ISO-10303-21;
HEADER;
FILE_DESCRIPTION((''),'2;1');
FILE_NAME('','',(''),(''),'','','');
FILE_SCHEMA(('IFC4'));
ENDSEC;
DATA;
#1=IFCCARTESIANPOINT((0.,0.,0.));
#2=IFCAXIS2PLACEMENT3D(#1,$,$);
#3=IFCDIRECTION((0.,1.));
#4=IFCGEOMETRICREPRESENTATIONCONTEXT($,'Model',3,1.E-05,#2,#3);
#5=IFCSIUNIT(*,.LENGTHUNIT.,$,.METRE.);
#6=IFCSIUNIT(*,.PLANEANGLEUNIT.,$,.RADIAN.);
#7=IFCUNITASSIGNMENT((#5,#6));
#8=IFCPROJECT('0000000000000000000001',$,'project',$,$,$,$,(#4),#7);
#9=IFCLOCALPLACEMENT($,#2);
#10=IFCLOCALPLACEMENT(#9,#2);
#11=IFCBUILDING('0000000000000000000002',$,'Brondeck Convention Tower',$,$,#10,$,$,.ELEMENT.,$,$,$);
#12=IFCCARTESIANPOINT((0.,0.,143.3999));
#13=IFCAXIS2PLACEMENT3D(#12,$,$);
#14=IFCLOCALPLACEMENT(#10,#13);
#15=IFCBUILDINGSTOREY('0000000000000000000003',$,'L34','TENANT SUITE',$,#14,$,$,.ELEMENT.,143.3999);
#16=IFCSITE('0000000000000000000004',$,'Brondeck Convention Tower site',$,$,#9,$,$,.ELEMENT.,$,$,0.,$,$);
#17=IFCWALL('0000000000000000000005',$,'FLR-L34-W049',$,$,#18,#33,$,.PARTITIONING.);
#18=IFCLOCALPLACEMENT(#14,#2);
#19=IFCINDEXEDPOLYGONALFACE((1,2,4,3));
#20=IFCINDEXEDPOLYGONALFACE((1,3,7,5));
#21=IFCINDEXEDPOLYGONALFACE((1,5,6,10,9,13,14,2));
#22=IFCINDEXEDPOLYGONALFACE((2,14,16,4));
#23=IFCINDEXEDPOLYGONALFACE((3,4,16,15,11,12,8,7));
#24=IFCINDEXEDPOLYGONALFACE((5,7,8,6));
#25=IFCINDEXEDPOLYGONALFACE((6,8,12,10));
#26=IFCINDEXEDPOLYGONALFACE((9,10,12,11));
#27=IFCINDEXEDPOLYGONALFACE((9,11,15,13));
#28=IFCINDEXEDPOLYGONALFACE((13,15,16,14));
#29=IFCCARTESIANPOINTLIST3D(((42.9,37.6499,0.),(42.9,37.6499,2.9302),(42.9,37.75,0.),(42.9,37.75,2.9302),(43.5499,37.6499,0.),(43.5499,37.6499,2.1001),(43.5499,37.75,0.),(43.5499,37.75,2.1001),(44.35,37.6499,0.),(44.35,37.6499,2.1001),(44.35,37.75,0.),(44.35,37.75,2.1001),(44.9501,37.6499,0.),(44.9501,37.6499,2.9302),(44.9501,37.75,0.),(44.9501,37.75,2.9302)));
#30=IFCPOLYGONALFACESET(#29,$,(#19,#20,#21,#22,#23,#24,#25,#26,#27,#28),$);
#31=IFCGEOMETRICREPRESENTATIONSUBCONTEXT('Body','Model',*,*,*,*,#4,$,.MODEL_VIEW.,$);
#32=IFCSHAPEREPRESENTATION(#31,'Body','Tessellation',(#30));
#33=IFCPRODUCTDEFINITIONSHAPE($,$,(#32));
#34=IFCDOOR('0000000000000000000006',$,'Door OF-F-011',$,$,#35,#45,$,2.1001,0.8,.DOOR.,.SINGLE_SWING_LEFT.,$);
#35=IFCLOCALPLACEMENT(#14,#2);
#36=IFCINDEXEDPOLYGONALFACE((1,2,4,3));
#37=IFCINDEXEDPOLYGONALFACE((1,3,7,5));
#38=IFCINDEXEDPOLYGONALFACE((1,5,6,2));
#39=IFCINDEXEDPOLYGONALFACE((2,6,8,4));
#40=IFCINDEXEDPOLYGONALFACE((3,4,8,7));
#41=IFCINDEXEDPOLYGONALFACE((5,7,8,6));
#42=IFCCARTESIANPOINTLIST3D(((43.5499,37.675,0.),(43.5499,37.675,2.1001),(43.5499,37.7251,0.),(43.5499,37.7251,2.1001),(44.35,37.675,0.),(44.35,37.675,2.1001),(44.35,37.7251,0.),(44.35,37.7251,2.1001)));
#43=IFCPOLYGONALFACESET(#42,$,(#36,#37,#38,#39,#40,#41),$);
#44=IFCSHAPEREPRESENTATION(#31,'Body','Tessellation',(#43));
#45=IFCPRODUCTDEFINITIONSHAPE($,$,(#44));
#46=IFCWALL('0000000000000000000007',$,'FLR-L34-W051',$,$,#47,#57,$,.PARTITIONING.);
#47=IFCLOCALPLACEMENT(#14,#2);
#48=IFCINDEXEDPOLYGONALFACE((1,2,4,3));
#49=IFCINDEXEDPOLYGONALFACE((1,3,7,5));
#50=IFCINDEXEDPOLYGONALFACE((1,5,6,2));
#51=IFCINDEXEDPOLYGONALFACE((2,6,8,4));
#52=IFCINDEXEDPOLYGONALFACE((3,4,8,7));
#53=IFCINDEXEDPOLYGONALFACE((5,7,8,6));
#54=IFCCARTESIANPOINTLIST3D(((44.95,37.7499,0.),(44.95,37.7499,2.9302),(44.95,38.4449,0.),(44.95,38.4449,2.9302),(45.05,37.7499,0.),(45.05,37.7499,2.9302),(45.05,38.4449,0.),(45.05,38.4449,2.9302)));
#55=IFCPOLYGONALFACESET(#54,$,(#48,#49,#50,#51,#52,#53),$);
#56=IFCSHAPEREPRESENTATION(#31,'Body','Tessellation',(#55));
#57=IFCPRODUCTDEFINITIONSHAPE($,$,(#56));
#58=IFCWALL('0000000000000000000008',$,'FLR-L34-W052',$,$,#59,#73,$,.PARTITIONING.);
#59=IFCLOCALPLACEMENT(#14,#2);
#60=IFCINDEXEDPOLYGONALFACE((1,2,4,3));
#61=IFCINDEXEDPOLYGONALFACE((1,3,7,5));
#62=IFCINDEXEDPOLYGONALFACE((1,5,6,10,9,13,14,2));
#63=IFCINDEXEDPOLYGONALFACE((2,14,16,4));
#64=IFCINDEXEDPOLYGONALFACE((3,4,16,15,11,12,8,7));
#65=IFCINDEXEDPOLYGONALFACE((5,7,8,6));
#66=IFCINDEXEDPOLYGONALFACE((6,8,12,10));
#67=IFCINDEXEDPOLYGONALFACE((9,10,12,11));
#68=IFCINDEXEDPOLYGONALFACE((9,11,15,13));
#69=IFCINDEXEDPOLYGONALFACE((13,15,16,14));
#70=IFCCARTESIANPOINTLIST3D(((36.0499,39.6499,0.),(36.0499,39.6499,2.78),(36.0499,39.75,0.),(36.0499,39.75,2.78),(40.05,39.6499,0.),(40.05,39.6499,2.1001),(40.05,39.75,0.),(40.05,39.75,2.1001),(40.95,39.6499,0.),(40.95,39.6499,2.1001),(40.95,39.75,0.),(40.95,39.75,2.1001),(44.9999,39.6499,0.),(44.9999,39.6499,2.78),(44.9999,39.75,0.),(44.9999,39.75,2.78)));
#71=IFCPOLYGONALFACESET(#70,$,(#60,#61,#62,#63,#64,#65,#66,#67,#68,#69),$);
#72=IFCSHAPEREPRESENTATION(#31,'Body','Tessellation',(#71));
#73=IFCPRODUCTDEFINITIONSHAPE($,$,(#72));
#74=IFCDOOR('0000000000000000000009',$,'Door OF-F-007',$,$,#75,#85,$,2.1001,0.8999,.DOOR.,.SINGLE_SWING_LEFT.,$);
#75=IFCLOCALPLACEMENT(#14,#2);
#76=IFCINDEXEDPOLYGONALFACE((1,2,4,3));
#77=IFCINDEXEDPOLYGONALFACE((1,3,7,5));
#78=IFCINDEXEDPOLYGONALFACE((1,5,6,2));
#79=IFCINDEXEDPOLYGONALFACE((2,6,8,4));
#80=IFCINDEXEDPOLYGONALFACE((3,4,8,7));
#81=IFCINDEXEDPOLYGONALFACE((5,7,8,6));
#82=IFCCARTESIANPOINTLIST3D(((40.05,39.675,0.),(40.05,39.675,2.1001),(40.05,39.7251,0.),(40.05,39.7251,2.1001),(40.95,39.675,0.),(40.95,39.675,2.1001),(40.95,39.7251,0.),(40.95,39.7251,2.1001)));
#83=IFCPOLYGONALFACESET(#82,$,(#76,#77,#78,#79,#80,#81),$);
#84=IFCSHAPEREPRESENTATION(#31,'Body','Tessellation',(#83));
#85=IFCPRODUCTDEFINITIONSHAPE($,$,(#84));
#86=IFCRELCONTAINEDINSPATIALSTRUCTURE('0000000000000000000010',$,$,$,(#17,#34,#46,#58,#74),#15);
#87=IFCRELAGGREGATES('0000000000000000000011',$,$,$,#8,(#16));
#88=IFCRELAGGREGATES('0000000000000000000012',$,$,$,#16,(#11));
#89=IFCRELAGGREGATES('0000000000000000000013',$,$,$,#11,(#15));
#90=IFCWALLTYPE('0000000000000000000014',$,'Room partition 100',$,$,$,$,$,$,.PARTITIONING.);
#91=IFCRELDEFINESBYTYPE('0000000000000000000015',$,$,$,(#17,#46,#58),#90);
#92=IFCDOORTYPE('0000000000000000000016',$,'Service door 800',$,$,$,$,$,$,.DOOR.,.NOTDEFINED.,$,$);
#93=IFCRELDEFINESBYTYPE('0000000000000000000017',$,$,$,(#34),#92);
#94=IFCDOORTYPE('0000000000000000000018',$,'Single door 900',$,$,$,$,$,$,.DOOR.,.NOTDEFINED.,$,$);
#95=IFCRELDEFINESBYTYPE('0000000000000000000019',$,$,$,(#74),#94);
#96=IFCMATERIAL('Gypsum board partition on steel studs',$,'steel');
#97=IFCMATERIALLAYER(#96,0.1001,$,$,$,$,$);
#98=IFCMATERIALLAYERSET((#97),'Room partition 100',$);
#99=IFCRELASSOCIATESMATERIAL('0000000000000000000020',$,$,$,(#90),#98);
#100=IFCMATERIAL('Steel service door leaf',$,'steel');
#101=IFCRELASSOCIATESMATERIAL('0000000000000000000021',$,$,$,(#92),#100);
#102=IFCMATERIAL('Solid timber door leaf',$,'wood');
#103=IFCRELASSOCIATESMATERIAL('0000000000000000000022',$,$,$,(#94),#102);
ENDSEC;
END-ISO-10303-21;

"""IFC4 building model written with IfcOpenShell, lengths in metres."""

from ifc_helpers import new_model, si_unit, direction, frame, frame_2d, origin, place, context, subcontext, project, spatial, rectangle, extrude, material, layer, layer_set, type_object, element, fill, save


model = new_model("IFC4")

# Units and contexts
model_context = context("Model", 3, precision=1e-05, world=origin(), true_north=direction((0.0, 1.0)))
body_context = subcontext(model_context, "Body", "Model", "MODEL_VIEW")
ifc_project = project(units=[si_unit("LENGTHUNIT", "METRE"), si_unit("PLANEANGLEUNIT", "RADIAN")], contexts=[model_context])

# Site, building, storey
site_placement = place(None, origin())
site = spatial("IfcSite", under=ifc_project, at=site_placement, Name="Brondeck Convention Tower site", CompositionType="ELEMENT", RefElevation=0.0)
building_placement = place(site_placement, origin())
building = spatial("IfcBuilding", under=site, at=building_placement, Name="Brondeck Convention Tower", CompositionType="ELEMENT")
storey_placement = place(building_placement, frame((0.0, 0.0, 143.3999)))
storey = spatial("IfcBuildingStorey", under=building, at=storey_placement, Name="L34", Description="TENANT SUITE", CompositionType="ELEMENT", Elevation=143.3999)

# Shared definitions
ifc_material_1 = material(Name="Gypsum board partition on steel studs", Category="steel")
ifc_layer_1 = layer(ifc_material_1, 0.1001)
ifc_layer_set_1 = layer_set([ifc_layer_1], Name="Room partition 100")
wall_type_1 = type_object("IfcWallType", Name="Room partition 100", PredefinedType="PARTITIONING", material=ifc_layer_set_1)

# Wall, opening, door
ifc_material_2 = material(Name="Solid timber door leaf", Category="wood")
wall_1_placement = place(storey_placement, frame((44.95, 37.7, 0.0), z_axis=(0.0, 0.0, 1.0), x_axis=(-1.0, 0.0, 0.0)))
wall_1 = element("IfcWall", 1, at=wall_1_placement, inside=storey, type_object=wall_type_1, Name="FLR-L34-W049", PredefinedType="PARTITIONING", context=body_context, shape_type="SweptSolid", body=[
    extrude(rectangle(XDim=2.05, YDim=0.1001, at=frame_2d((1.0249, 0.0))), origin(), (0.0, 0.0, 1.0), 2.9302),
])
opening_1_placement = place(wall_1_placement, frame((0.6001, 0.0, 0.0)))
opening_1 = element("IfcOpeningElement", 2, at=opening_1_placement, cuts=wall_1, PredefinedType="OPENING", context=body_context, shape_type="SweptSolid", body=[
    extrude(rectangle(XDim=0.8, YDim=2.1001, at=frame_2d((0.3999, 1.05))), frame((0.0, 0.0601, 0.0), z_axis=(0.0, -1.0, 0.0), x_axis=(1.0, 0.0, 0.0)), (0.0, 0.0, 1.0), 0.1201),
])
ifc_material_3 = material(Name="Steel service door leaf", Category="steel")
door_type_1 = type_object("IfcDoorType", Name="Service door 800", OperationType="NOTDEFINED", PredefinedType="DOOR", material=ifc_material_3)
door_1_placement = place(opening_1_placement, origin())
door_1 = element("IfcDoor", 3, at=door_1_placement, inside=storey, type_object=door_type_1, Name="Door OF-F-011", OperationType="SINGLE_SWING_LEFT", OverallHeight=2.1001, OverallWidth=0.8, PredefinedType="DOOR", context=body_context, shape_type="SweptSolid", body=[
    extrude(rectangle(XDim=0.8, YDim=2.1001, at=frame_2d((0.3999, 1.05))), frame((0.0, 0.0249, 0.0), z_axis=(0.0, -1.0, 0.0), x_axis=(1.0, 0.0, 0.0)), (0.0, 0.0, 1.0), 0.05),
])
fill(opening_1, door_1)

# Wall
wall_2_placement = place(storey_placement, frame((45.0, 38.4451, 0.0), z_axis=(0.0, 0.0, 1.0), x_axis=(0.0, -1.0, 0.0)))
element("IfcWall", 4, at=wall_2_placement, inside=storey, type_object=wall_type_1, Name="FLR-L34-W051", PredefinedType="PARTITIONING", context=body_context, shape_type="SweptSolid", body=[
    extrude(rectangle(XDim=0.6951, YDim=0.1001, at=frame_2d((0.3477, 0.0))), origin(), (0.0, 0.0, 1.0), 2.9302),
])

# Wall, opening, door
wall_3_placement = place(storey_placement, frame((45.0, 39.7, 0.0), z_axis=(0.0, 0.0, 1.0), x_axis=(-1.0, 0.0, 0.0)))
wall_3 = element("IfcWall", 5, at=wall_3_placement, inside=storey, type_object=wall_type_1, Name="FLR-L34-W052", PredefinedType="PARTITIONING", context=body_context, shape_type="SweptSolid", body=[
    extrude(rectangle(XDim=8.95, YDim=0.1001, at=frame_2d((4.4751, 0.0))), origin(), (0.0, 0.0, 1.0), 2.78),
])
opening_2_placement = place(wall_3_placement, frame((4.05, 0.0, 0.0)))
opening_2 = element("IfcOpeningElement", 6, at=opening_2_placement, cuts=wall_3, PredefinedType="OPENING", context=body_context, shape_type="SweptSolid", body=[
    extrude(rectangle(XDim=0.8999, YDim=2.1001, at=frame_2d((0.45, 1.05))), frame((0.0, 0.0601, 0.0), z_axis=(0.0, -1.0, 0.0), x_axis=(1.0, 0.0, 0.0)), (0.0, 0.0, 1.0), 0.1201),
])
door_type_2 = type_object("IfcDoorType", Name="Single door 900", OperationType="NOTDEFINED", PredefinedType="DOOR", material=ifc_material_2)
door_2_placement = place(opening_2_placement, origin())
door_2 = element("IfcDoor", 7, at=door_2_placement, inside=storey, type_object=door_type_2, Name="Door OF-F-007", OperationType="SINGLE_SWING_LEFT", OverallHeight=2.1001, OverallWidth=0.8999, PredefinedType="DOOR", context=body_context, shape_type="SweptSolid", body=[
    extrude(rectangle(XDim=0.8999, YDim=2.1001, at=frame_2d((0.45, 1.05))), frame((0.0, 0.0249, 0.0), z_axis=(0.0, -1.0, 0.0), x_axis=(1.0, 0.0, 0.0)), (0.0, 0.0, 1.0), 0.05),
])
fill(opening_2, door_2)

save(model, "model.ifc")
